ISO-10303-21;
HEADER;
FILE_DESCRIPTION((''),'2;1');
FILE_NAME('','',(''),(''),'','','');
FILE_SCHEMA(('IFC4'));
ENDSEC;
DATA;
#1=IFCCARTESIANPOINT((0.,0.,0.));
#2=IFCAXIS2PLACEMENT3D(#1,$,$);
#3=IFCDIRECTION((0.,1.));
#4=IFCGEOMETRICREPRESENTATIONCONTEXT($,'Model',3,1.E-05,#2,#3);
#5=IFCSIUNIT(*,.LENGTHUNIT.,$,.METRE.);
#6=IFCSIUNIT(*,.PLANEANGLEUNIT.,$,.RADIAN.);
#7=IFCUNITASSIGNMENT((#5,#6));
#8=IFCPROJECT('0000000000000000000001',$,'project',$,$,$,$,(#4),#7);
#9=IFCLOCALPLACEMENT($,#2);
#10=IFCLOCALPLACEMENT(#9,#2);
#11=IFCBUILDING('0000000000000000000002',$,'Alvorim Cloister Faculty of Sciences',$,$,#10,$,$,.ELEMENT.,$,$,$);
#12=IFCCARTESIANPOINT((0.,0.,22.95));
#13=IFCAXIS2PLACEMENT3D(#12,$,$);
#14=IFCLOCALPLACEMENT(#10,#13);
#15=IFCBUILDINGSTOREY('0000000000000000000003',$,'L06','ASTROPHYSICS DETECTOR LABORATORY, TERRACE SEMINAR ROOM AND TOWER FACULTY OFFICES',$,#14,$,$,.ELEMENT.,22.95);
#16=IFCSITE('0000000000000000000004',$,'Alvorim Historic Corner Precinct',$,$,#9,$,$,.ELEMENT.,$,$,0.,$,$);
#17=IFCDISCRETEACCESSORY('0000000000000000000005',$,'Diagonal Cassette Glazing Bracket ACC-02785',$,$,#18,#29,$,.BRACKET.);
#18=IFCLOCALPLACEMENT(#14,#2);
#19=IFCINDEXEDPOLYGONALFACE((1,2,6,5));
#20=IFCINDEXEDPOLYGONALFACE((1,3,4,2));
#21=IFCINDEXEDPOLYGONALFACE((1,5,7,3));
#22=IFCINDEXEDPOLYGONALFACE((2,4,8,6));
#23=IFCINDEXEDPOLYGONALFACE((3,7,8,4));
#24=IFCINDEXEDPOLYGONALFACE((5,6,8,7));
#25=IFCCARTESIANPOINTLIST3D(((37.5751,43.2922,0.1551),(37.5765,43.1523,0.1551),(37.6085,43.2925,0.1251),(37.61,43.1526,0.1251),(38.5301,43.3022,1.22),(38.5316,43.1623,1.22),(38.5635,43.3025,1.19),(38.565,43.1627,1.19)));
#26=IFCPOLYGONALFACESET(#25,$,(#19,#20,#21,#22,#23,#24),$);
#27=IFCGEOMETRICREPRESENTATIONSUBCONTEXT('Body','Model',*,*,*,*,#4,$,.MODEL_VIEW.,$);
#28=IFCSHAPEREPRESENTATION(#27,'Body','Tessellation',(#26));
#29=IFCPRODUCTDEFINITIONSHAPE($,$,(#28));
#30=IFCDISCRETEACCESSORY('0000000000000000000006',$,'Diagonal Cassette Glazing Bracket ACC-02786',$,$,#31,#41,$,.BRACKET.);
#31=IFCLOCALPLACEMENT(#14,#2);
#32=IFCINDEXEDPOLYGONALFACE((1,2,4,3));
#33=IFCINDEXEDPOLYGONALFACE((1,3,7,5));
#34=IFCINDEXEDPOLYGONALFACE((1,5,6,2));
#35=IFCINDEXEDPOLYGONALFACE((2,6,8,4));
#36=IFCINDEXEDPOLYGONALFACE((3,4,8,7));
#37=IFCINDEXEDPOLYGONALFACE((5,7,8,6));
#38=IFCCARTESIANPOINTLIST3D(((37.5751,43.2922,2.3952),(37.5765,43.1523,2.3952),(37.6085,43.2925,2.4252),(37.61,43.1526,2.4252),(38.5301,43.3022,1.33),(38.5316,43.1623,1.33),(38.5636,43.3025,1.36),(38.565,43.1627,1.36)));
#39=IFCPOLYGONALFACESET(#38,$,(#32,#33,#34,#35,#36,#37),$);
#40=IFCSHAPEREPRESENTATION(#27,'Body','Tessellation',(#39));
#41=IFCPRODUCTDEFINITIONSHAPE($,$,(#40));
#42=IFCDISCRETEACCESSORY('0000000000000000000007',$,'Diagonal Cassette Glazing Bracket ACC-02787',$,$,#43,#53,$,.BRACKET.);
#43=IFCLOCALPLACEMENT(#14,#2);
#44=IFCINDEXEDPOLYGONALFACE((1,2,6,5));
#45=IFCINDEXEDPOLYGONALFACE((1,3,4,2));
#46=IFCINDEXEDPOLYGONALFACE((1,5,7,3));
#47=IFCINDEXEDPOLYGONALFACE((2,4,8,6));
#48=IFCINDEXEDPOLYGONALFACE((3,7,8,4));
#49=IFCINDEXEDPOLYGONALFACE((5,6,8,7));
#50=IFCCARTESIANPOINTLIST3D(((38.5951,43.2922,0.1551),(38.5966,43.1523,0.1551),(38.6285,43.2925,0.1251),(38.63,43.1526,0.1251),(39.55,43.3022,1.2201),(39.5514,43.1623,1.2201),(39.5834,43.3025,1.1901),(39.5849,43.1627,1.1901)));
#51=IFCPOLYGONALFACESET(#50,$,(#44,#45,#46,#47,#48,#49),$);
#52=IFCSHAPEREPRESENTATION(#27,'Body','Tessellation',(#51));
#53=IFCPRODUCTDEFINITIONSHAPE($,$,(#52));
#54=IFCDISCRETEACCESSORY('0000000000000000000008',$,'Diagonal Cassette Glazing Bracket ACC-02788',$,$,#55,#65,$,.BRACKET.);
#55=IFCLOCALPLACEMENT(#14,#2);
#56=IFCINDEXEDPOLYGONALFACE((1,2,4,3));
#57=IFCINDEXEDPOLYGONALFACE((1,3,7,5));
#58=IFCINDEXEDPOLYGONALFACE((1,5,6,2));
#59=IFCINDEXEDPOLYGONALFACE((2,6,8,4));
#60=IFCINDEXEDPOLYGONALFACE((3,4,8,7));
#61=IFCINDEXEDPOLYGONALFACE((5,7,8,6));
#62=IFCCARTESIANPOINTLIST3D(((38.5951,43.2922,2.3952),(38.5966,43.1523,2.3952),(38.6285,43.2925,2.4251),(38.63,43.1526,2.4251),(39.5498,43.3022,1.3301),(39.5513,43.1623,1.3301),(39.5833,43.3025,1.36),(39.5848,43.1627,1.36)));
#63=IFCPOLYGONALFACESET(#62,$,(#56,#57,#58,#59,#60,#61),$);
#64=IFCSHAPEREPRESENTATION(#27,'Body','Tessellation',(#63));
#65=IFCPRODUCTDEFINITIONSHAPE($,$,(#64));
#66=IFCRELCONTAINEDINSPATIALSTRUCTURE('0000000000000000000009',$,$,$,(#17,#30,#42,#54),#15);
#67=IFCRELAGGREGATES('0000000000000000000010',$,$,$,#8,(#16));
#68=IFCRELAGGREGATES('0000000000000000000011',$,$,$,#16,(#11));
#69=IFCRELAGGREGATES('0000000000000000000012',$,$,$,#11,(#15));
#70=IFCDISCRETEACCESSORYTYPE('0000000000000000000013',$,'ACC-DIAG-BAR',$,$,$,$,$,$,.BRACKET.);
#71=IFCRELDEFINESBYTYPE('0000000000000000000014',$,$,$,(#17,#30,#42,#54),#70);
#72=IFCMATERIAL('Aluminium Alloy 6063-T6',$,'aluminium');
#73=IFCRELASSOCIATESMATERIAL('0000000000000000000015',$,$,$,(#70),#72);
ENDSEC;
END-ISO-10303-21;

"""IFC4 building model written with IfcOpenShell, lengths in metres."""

from ifc_helpers import new_model, si_unit, direction, frame, origin, origin_2d, place, context, subcontext, project, spatial, rectangle, extrude, material, type_object, element, save


model = new_model("IFC4")

# Units and contexts
model_context = context("Model", 3, precision=1e-05, world=origin(), true_north=direction((0.0, 1.0)))
body_context = subcontext(model_context, "Body", "Model", "MODEL_VIEW")
ifc_project = project(units=[si_unit("LENGTHUNIT", "METRE"), si_unit("PLANEANGLEUNIT", "RADIAN")], contexts=[model_context])

# Site, building, storey
site_placement = place(None, origin())
site = spatial("IfcSite", under=ifc_project, at=site_placement, Name="Alvorim Historic Corner Precinct", CompositionType="ELEMENT", RefElevation=0.0)
building_placement = place(site_placement, origin())
building = spatial("IfcBuilding", under=site, at=building_placement, Name="Alvorim Cloister Faculty of Sciences", CompositionType="ELEMENT")
storey_placement = place(building_placement, frame((0.0, 0.0, 22.95)))
storey = spatial("IfcBuildingStorey", under=building, at=storey_placement, Name="L06", Description="ASTROPHYSICS DETECTOR LABORATORY, TERRACE SEMINAR ROOM AND TOWER FACULTY OFFICES", CompositionType="ELEMENT", Elevation=22.95)

# Shared definitions
ifc_material_1 = material(Name="Aluminium Alloy 6063-T6", Category="aluminium")

# Discrete accessories
discrete_accessory_type = type_object("IfcDiscreteAccessoryType", Name="ACC-DIAG-BAR", PredefinedType="BRACKET", material=ifc_material_1)
discrete_accessory_1_placement = place(storey_placement, frame((37.5925, 43.2224, 0.1401), z_axis=(0.667646, 0.006997, 0.744446), x_axis=(-0.01048, 0.999945, 0.0)))
element("IfcDiscreteAccessory", 1, at=discrete_accessory_1_placement, inside=storey, type_object=discrete_accessory_type, Name="Diagonal Cassette Glazing Bracket ACC-02785", PredefinedType="BRACKET", context=body_context, shape_type="SweptSolid", body=[
    extrude(rectangle(XDim=0.1399, YDim=0.0449, at=origin_2d()), origin(), (0.0, 0.0, 1.0), 1.4304),
])
discrete_accessory_2_placement = place(storey_placement, frame((37.5925, 43.2224, 2.4102), z_axis=(0.667561, 0.006996, -0.744522), x_axis=(-0.01048, 0.999945, 0.0)))
element("IfcDiscreteAccessory", 2, at=discrete_accessory_2_placement, inside=storey, type_object=discrete_accessory_type, Name="Diagonal Cassette Glazing Bracket ACC-02786", PredefinedType="BRACKET", context=body_context, shape_type="SweptSolid", body=[
    extrude(rectangle(XDim=0.1399, YDim=0.0449, at=origin_2d()), origin(), (0.0, 0.0, 1.0), 1.4307),
])
for number, where, z_axis, x_axis, name in (
    (3, (38.6125, 43.2224, 0.1401), (0.667552, 0.006998, 0.744531), (-0.010483, 0.999945, 0.0), "Diagonal Cassette Glazing Bracket ACC-02787"),
    (4, (38.6125, 43.2224, 2.4102), (0.667467, 0.006997, -0.744607), (-0.010483, 0.999945, 0.0), "Diagonal Cassette Glazing Bracket ACC-02788"),
):
    element("IfcDiscreteAccessory", number, at=place(storey_placement, frame(where, z_axis=z_axis, x_axis=x_axis)), inside=storey, type_object=discrete_accessory_type, Name=name, PredefinedType="BRACKET", context=body_context, shape_type="SweptSolid", body=[
        extrude(rectangle(XDim=0.1399, YDim=0.0449, at=origin_2d()), origin(), (0.0, 0.0, 1.0), 1.4304),
    ])

save(model, "model.ifc")
